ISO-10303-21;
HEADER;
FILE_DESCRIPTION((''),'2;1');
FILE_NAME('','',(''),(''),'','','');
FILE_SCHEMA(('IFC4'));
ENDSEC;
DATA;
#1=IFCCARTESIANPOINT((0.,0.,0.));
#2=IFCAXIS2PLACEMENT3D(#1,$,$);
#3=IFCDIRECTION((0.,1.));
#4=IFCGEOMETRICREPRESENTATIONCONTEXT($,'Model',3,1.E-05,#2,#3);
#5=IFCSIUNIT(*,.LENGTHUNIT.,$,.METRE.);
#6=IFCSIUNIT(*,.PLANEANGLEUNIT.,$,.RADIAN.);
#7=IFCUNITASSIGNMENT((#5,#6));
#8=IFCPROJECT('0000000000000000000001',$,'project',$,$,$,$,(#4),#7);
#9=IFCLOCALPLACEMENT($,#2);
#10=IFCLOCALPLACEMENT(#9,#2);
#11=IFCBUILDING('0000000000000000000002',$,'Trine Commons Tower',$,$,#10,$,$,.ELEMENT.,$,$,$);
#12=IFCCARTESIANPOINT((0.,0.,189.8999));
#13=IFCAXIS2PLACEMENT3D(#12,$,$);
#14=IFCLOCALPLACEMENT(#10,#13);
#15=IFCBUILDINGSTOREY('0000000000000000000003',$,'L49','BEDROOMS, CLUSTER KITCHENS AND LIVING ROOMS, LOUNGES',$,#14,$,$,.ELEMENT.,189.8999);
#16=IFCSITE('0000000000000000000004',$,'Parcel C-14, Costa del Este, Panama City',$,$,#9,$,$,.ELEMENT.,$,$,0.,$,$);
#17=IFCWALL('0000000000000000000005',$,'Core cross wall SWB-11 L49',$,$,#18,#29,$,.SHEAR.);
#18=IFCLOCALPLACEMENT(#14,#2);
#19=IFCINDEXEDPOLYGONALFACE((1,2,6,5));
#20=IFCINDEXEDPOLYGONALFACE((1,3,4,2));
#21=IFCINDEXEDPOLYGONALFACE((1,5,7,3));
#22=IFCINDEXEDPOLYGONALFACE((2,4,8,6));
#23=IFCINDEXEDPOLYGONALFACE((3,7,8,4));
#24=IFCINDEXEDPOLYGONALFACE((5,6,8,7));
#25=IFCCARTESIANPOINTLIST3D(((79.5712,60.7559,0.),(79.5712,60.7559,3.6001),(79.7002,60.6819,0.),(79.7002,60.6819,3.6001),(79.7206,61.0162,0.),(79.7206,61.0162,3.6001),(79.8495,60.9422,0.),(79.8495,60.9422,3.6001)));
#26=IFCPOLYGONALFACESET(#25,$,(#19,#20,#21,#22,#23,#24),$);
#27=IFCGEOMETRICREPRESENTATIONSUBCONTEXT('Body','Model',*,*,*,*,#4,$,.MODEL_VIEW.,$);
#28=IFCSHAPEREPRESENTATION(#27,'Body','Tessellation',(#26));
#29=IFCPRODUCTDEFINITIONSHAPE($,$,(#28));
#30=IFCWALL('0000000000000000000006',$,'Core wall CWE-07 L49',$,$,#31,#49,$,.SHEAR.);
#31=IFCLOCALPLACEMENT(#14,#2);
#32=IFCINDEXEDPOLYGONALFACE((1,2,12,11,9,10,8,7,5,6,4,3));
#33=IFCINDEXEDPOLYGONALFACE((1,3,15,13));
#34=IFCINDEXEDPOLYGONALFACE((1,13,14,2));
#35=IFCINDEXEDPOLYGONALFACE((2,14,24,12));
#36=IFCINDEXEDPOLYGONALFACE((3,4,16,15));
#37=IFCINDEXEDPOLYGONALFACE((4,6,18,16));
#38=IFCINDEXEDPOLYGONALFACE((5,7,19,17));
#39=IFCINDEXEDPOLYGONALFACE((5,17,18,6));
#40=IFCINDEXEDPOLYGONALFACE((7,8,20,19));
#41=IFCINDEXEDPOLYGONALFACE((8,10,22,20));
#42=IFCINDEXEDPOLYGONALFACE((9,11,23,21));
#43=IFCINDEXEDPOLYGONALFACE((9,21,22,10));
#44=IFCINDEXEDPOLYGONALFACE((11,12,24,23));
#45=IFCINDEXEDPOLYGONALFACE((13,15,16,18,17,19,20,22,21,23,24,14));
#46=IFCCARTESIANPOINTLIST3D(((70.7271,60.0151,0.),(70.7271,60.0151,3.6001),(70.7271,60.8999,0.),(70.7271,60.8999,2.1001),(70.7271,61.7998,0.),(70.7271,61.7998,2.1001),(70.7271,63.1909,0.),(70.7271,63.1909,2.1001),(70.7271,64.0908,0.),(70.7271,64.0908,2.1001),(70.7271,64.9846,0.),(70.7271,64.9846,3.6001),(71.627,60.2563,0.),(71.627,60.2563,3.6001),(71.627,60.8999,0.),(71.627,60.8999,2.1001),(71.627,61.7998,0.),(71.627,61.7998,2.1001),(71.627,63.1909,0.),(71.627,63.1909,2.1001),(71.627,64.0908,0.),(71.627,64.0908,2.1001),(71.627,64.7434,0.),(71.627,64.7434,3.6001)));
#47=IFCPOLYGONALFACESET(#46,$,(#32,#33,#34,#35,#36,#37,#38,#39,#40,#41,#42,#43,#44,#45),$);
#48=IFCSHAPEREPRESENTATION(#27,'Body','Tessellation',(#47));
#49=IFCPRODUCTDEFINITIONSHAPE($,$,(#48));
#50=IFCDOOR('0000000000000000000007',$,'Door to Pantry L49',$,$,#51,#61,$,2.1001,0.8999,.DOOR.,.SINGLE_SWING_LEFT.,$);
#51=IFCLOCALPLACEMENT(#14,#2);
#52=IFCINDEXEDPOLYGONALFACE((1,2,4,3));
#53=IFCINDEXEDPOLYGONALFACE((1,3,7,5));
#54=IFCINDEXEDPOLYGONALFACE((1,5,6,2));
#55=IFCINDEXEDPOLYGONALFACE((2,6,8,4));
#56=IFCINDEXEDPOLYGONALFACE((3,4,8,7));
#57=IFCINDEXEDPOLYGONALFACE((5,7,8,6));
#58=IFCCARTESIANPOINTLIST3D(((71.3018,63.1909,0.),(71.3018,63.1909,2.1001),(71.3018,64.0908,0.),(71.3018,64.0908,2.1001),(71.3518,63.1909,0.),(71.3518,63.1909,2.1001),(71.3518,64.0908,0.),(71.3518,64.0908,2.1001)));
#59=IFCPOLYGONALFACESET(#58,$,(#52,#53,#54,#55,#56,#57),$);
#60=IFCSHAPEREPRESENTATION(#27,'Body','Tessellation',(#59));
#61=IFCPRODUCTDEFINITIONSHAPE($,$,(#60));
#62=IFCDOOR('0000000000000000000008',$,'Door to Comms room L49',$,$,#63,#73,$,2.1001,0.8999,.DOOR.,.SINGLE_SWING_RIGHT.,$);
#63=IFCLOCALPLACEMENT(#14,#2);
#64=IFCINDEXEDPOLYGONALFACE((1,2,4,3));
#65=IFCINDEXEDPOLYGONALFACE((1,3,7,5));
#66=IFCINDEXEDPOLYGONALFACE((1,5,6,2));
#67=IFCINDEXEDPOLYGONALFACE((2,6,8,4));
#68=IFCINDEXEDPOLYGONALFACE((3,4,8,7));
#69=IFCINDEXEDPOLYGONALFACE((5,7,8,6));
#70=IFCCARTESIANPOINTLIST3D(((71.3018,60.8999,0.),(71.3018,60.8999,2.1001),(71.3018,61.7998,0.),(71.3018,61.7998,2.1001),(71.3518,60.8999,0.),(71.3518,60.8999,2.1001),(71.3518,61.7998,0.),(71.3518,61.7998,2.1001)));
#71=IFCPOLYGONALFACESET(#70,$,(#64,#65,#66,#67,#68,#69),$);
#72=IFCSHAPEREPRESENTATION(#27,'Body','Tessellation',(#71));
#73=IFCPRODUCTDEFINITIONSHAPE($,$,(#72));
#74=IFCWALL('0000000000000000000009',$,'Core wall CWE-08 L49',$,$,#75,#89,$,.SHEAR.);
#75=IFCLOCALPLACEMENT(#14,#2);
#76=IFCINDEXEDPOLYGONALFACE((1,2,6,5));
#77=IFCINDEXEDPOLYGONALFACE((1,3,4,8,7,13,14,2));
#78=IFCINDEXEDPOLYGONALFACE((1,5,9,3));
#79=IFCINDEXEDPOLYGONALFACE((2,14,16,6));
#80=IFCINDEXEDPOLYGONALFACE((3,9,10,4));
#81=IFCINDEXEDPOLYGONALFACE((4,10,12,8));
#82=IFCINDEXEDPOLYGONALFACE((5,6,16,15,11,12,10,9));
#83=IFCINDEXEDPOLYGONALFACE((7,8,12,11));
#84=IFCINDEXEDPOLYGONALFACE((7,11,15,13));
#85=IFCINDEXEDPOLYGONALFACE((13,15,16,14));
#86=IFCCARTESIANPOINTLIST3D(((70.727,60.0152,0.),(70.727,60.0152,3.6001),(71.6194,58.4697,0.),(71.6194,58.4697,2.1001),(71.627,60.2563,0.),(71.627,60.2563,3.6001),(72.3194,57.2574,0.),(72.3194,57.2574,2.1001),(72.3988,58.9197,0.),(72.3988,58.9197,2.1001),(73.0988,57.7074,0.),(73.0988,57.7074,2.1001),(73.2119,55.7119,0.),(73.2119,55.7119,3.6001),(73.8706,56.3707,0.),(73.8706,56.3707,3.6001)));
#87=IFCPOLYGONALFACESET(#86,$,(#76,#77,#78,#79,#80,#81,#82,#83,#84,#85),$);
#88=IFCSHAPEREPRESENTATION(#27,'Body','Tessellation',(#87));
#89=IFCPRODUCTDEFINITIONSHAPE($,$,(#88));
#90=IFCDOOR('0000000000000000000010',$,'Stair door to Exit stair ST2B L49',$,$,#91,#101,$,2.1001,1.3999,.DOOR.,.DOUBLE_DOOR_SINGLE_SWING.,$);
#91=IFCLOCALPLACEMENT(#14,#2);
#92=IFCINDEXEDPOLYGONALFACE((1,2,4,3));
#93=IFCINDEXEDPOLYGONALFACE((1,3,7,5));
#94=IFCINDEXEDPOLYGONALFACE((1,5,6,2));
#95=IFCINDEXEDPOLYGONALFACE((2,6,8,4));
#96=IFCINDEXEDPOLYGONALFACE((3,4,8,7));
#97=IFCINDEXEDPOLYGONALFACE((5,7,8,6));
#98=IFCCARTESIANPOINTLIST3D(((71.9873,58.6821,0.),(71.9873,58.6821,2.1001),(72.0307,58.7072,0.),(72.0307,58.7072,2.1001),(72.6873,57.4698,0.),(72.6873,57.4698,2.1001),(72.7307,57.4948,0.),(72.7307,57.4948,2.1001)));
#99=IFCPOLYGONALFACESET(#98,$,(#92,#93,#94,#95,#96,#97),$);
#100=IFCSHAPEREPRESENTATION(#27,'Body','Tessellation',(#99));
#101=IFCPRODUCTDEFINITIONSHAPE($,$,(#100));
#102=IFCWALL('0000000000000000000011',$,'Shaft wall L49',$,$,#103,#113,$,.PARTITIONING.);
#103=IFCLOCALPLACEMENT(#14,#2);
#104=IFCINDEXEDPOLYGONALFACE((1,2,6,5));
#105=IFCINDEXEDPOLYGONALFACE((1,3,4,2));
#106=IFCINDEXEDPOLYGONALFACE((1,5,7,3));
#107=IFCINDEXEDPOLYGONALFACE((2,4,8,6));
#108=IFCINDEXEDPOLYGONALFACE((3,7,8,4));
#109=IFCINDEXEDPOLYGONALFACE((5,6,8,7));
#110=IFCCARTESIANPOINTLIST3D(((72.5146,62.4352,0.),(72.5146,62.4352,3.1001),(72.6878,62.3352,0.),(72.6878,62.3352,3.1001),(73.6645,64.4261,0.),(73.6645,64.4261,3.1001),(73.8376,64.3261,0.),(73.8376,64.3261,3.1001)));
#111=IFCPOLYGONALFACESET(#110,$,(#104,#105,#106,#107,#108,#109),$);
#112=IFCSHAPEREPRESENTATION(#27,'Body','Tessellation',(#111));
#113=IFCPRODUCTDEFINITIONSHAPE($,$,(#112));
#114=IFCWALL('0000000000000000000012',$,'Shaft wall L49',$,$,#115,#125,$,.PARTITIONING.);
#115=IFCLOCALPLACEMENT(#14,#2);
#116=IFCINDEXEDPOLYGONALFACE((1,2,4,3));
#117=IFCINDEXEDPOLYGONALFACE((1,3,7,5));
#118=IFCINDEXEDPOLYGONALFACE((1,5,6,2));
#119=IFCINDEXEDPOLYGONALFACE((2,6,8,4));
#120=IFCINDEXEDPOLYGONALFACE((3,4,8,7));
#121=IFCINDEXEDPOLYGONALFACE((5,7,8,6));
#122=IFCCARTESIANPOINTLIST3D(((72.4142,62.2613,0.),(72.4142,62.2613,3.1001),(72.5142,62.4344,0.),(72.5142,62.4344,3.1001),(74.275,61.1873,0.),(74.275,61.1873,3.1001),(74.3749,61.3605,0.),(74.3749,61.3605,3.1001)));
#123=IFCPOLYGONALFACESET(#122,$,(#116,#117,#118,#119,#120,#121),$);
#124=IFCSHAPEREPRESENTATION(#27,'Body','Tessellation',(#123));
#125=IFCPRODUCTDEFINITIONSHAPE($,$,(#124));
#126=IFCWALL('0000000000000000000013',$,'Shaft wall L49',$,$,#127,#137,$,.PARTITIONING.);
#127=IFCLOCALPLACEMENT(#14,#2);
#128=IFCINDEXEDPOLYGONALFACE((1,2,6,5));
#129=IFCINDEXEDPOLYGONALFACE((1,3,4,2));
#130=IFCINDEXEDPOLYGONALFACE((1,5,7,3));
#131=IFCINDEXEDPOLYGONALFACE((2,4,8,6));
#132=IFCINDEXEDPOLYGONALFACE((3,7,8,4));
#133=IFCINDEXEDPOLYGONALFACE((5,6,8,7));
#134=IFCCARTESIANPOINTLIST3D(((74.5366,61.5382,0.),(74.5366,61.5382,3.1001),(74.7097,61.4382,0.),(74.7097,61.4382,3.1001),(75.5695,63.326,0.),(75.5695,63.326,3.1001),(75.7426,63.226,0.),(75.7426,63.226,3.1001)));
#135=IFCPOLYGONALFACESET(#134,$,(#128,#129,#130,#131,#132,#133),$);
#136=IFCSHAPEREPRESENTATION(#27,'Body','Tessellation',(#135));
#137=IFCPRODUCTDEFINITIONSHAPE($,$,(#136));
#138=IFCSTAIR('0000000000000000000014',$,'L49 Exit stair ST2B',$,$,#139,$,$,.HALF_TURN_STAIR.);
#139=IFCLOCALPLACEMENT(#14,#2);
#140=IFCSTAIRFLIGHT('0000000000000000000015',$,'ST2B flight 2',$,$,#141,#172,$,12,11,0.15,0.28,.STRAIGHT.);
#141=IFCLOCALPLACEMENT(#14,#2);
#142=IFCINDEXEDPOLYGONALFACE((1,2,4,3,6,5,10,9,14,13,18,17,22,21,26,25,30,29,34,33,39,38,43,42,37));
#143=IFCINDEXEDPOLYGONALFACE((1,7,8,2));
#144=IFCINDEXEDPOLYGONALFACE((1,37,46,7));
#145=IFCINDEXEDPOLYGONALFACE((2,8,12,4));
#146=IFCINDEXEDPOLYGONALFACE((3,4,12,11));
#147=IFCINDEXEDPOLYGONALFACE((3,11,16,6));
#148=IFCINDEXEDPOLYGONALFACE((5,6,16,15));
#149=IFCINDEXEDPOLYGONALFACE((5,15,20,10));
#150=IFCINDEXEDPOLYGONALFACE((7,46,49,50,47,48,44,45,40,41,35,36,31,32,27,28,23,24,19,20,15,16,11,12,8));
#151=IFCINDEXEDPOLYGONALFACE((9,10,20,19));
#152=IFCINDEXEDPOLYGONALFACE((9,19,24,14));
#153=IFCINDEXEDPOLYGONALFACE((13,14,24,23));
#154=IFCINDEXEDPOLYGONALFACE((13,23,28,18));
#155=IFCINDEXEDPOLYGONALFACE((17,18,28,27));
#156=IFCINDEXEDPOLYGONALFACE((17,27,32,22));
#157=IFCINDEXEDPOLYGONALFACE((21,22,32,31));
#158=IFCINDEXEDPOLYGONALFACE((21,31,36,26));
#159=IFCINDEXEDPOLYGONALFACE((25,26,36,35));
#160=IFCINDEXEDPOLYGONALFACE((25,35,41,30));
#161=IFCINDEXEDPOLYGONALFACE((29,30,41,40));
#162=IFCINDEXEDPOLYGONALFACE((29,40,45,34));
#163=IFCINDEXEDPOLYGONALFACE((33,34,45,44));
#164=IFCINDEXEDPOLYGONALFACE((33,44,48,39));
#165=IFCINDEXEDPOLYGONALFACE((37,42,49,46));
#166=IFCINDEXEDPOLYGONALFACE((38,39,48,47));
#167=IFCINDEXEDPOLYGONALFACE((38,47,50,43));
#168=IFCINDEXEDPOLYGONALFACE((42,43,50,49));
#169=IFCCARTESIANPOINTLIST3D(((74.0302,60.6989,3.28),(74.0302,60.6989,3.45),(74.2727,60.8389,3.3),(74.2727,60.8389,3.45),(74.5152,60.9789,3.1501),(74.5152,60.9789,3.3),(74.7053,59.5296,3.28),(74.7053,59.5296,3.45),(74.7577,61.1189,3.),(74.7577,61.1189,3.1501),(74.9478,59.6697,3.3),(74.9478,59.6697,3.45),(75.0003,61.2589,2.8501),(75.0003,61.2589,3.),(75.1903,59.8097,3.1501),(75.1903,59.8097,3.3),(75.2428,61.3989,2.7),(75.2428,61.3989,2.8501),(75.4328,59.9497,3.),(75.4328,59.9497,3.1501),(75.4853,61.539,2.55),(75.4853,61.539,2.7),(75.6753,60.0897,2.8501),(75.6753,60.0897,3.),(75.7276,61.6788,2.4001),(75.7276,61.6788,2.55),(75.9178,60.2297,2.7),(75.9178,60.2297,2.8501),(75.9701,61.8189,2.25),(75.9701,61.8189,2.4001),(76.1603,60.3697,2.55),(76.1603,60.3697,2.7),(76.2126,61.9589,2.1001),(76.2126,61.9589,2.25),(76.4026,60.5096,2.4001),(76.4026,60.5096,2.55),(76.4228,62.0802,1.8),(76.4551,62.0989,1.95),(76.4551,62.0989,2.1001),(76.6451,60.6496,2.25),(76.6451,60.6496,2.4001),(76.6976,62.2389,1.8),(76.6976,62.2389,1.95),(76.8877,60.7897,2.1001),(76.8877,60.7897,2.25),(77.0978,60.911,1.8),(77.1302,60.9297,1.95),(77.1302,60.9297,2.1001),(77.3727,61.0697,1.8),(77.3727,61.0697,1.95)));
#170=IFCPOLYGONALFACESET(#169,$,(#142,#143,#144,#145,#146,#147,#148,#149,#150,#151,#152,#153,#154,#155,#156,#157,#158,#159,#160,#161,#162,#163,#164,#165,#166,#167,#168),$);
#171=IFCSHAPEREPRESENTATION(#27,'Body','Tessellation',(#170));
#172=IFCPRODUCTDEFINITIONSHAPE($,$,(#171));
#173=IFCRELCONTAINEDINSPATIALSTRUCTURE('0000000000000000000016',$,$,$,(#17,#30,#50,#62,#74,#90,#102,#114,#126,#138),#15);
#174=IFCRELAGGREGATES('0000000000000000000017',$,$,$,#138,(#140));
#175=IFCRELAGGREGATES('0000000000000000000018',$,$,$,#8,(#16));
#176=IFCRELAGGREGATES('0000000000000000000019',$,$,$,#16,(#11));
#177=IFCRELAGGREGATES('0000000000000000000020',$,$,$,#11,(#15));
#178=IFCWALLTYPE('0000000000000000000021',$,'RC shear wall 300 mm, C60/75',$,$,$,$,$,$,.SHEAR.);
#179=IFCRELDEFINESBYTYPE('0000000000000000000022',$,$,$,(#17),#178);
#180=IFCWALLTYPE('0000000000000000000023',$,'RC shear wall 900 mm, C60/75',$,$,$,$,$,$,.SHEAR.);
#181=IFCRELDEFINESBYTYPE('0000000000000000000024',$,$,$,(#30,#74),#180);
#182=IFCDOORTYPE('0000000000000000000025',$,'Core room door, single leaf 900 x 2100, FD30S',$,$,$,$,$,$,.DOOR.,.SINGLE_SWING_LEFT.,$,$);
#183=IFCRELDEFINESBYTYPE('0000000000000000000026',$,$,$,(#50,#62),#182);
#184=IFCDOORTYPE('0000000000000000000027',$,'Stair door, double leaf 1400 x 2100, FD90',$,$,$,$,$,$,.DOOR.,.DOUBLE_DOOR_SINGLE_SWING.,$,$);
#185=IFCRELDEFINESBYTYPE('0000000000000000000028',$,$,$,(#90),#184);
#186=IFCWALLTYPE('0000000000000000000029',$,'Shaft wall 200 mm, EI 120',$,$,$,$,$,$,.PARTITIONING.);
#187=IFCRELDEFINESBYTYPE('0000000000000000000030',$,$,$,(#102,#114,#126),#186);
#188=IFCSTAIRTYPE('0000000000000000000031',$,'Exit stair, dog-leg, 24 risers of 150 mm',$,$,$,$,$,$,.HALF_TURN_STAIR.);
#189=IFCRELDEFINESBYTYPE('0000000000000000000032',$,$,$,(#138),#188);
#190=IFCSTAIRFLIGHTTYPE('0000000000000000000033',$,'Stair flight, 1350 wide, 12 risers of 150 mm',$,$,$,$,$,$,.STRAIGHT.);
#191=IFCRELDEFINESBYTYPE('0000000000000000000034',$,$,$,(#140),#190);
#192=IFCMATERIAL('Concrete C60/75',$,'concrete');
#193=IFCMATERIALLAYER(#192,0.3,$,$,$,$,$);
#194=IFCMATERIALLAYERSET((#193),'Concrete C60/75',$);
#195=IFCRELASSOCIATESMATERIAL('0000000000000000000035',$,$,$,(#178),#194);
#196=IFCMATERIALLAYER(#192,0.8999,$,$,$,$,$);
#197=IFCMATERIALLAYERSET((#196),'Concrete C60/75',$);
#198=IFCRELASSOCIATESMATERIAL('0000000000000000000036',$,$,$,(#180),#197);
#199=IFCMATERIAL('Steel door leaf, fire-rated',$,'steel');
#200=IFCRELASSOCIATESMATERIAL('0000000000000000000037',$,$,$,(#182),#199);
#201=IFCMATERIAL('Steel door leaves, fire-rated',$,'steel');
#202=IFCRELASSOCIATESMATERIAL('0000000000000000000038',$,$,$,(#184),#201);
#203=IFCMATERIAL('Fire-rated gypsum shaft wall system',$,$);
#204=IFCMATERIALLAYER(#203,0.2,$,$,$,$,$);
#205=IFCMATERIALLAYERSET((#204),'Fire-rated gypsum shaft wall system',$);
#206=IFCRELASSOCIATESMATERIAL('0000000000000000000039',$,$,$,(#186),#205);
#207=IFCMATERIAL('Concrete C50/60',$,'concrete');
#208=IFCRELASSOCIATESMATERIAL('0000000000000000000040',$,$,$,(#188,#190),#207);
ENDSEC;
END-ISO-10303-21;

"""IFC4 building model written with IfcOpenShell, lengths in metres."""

from ifc_helpers import new_model, si_unit, direction, frame, frame_2d, origin, place, context, subcontext, project, spatial, polyline, rectangle, outline, extrude, material, layer, layer_set, type_object, element, fill, aggregate, save


model = new_model("IFC4")

# Units and contexts
model_context = context("Model", 3, precision=1e-05, world=origin(), true_north=direction((0.0, 1.0)))
body_context = subcontext(model_context, "Body", "Model", "MODEL_VIEW")
ifc_project = project(units=[si_unit("LENGTHUNIT", "METRE"), si_unit("PLANEANGLEUNIT", "RADIAN")], contexts=[model_context])

# Site, building, storey
site_placement = place(None, origin())
site = spatial("IfcSite", under=ifc_project, at=site_placement, Name="Parcel C-14, Costa del Este, Panama City", CompositionType="ELEMENT", RefElevation=0.0)
building_placement = place(site_placement, origin())
building = spatial("IfcBuilding", under=site, at=building_placement, Name="Trine Commons Tower", CompositionType="ELEMENT")
storey_placement = place(building_placement, frame((0.0, 0.0, 189.8999)))
storey = spatial("IfcBuildingStorey", under=building, at=storey_placement, Name="L49", Description="BEDROOMS, CLUSTER KITCHENS AND LIVING ROOMS, LOUNGES", CompositionType="ELEMENT", Elevation=189.8999)

# Shared definitions
ifc_material_1 = material(Name="Fire-rated gypsum shaft wall system")
ifc_material_2 = material(Name="Steel door leaf, fire-rated", Category="steel")
ifc_material_3 = material(Name="Concrete C60/75", Category="concrete")
ifc_layer_1 = layer(ifc_material_3, 0.3)
ifc_layer_set_1 = layer_set([ifc_layer_1], Name="Concrete C60/75")
wall_type_1 = type_object("IfcWallType", Name="RC shear wall 300 mm, C60/75", PredefinedType="SHEAR", material=ifc_layer_set_1)

# Wall
wall_1_placement = place(storey_placement, frame((79.646, 60.886, 0.0), z_axis=(0.0, 0.0, 1.0), x_axis=(0.867332, -0.49773, 0.0)))
element("IfcWall", 1, at=wall_1_placement, inside=storey, type_object=wall_type_1, Name="Core cross wall SWB-11 L49", PredefinedType="SHEAR", context=body_context, shape_type="SweptSolid", body=[
    extrude(rectangle(XDim=0.1487, YDim=0.3, at=frame_2d((0.0742, 0.0))), origin(), (0.0, 0.0, 1.0), 3.6001),
])

# Wall, openings, doors
ifc_layer_2 = layer(ifc_material_3, 0.8999)
ifc_layer_set_2 = layer_set([ifc_layer_2], Name="Concrete C60/75")
wall_type_2 = type_object("IfcWallType", Name="RC shear wall 900 mm, C60/75", PredefinedType="SHEAR", material=ifc_layer_set_2)
wall_2_placement = place(storey_placement, frame((71.177, 64.9846, 0.0), z_axis=(0.0, 0.0, 1.0), x_axis=(0.0, -1.0, 0.0)))
wall_2 = element("IfcWall", 2, at=wall_2_placement, inside=storey, type_object=wall_type_2, Name="Core wall CWE-07 L49", PredefinedType="SHEAR", context=body_context, shape_type="SweptSolid", body=[
    extrude(outline(polyline([(0.0, -0.45), (4.9695, -0.45), (4.7283, 0.45), (0.2412, 0.45), (0.0, -0.45)])), origin(), (0.0, 0.0, 1.0), 3.6001),
])
opening_1_placement = place(wall_2_placement, frame((0.8938, 0.0, 0.0)))
opening_1 = element("IfcOpeningElement", 3, at=opening_1_placement, cuts=wall_2, PredefinedType="OPENING", context=body_context, shape_type="SweptSolid", body=[
    extrude(rectangle(XDim=0.8999, YDim=2.1001, at=frame_2d((0.45, 1.05))), frame((0.0, 0.46, 0.0), z_axis=(0.0, -1.0, 0.0), x_axis=(1.0, 0.0, 0.0)), (0.0, 0.0, 1.0), 0.9199),
])
opening_2_placement = place(wall_2_placement, frame((3.1848, 0.0, 0.0)))
opening_2 = element("IfcOpeningElement", 4, at=opening_2_placement, cuts=wall_2, PredefinedType="OPENING", context=body_context, shape_type="SweptSolid", body=[
    extrude(rectangle(XDim=0.8999, YDim=2.1001, at=frame_2d((0.45, 1.05))), frame((0.0, 0.46, 0.0), z_axis=(0.0, -1.0, 0.0), x_axis=(1.0, 0.0, 0.0)), (0.0, 0.0, 1.0), 0.9199),
])
door_type_1 = type_object("IfcDoorType", Name="Core room door, single leaf 900 x 2100, FD30S", OperationType="SINGLE_SWING_LEFT", PredefinedType="DOOR", material=ifc_material_2)
door_1_placement = place(opening_1_placement, origin())
door_1 = element("IfcDoor", 5, at=door_1_placement, inside=storey, type_object=door_type_1, Name="Door to Pantry L49", OperationType="SINGLE_SWING_LEFT", OverallHeight=2.1001, OverallWidth=0.8999, PredefinedType="DOOR", context=body_context, shape_type="SweptSolid", body=[
    extrude(rectangle(XDim=0.8999, YDim=2.1001, at=frame_2d((0.45, 1.05))), frame((0.0, 0.1748, 0.0), z_axis=(0.0, -1.0, 0.0), x_axis=(1.0, 0.0, 0.0)), (0.0, 0.0, 1.0), 0.05),
])
fill(opening_1, door_1)
door_2_placement = place(opening_2_placement, origin())
door_2 = element("IfcDoor", 6, at=door_2_placement, inside=storey, type_object=door_type_1, Name="Door to Comms room L49", OperationType="SINGLE_SWING_RIGHT", OverallHeight=2.1001, OverallWidth=0.8999, PredefinedType="DOOR", context=body_context, shape_type="SweptSolid", body=[
    extrude(rectangle(XDim=0.8999, YDim=2.1001, at=frame_2d((0.45, 1.05))), frame((0.0, 0.1748, 0.0), z_axis=(0.0, -1.0, 0.0), x_axis=(1.0, 0.0, 0.0)), (0.0, 0.0, 1.0), 0.05),
])
fill(opening_2, door_2)

# Wall, opening, door
wall_3_placement = place(storey_placement, frame((71.1167, 60.2402, 0.0), z_axis=(0.0, 0.0, 1.0), x_axis=(0.500039, -0.866003, 0.0)))
wall_3 = element("IfcWall", 7, at=wall_3_placement, inside=storey, type_object=wall_type_2, Name="Core wall CWE-08 L49", PredefinedType="SHEAR", context=body_context, shape_type="SweptSolid", body=[
    extrude(outline(polyline([(0.0, -0.45), (4.9692, -0.45), (4.728, 0.45), (0.2412, 0.45), (0.0, -0.45)])), origin(), (0.0, 0.0, 1.0), 3.6001),
])
opening_3_placement = place(wall_3_placement, frame((1.7847, 0.0, 0.0)))
opening_3 = element("IfcOpeningElement", 8, at=opening_3_placement, cuts=wall_3, PredefinedType="OPENING", context=body_context, shape_type="SweptSolid", body=[
    extrude(rectangle(XDim=1.3999, YDim=2.1001, at=frame_2d((0.7, 1.05))), frame((0.0, 0.46, 0.0), z_axis=(0.0, -1.0, 0.0), x_axis=(1.0, 0.0, 0.0)), (0.0, 0.0, 1.0), 0.9199),
])
ifc_material_4 = material(Name="Steel door leaves, fire-rated", Category="steel")
door_type_2 = type_object("IfcDoorType", Name="Stair door, double leaf 1400 x 2100, FD90", OperationType="DOUBLE_DOOR_SINGLE_SWING", PredefinedType="DOOR", material=ifc_material_4)
door_3_placement = place(opening_3_placement, origin())
door_3 = element("IfcDoor", 9, at=door_3_placement, inside=storey, type_object=door_type_2, Name="Stair door to Exit stair ST2B L49", OperationType="DOUBLE_DOOR_SINGLE_SWING", OverallHeight=2.1001, OverallWidth=1.3999, PredefinedType="DOOR", context=body_context, shape_type="SweptSolid", body=[
    extrude(rectangle(XDim=1.3999, YDim=2.1001, at=frame_2d((0.7, 1.05))), frame((0.0, 0.0249, 0.0), z_axis=(0.0, -1.0, 0.0), x_axis=(1.0, 0.0, 0.0)), (0.0, 0.0, 1.0), 0.05),
])
fill(opening_3, door_3)

# Walls
ifc_layer_3 = layer(ifc_material_1, 0.2)
ifc_layer_set_3 = layer_set([ifc_layer_3], Name="Fire-rated gypsum shaft wall system")
wall_type_3 = type_object("IfcWallType", Name="Shaft wall 200 mm, EI 120", PredefinedType="PARTITIONING", material=ifc_layer_set_3)
wall_4_placement = place(storey_placement, frame((73.751, 64.376, 0.0), z_axis=(0.0, 0.0, 1.0), x_axis=(-0.500136, -0.865947, 0.0)))
element("IfcWall", 10, at=wall_4_placement, inside=storey, type_object=wall_type_3, Name="Shaft wall L49", PredefinedType="PARTITIONING", context=body_context, shape_type="SweptSolid", body=[
    extrude(rectangle(XDim=2.2991, YDim=0.2, at=frame_2d((1.1494, 0.0))), origin(), (0.0, 0.0, 1.0), 3.1001),
])
wall_5_placement = place(storey_placement, frame((74.325, 61.2739, 0.0), z_axis=(0.0, 0.0, 1.0), x_axis=(-0.866102, 0.499867, 0.0)))
element("IfcWall", 11, at=wall_5_placement, inside=storey, type_object=wall_type_3, Name="Shaft wall L49", PredefinedType="PARTITIONING", context=body_context, shape_type="SweptSolid", body=[
    extrude(rectangle(XDim=2.1484, YDim=0.2, at=frame_2d((1.0742, 0.0))), origin(), (0.0, 0.0, 1.0), 3.1001),
])
wall_6_placement = place(storey_placement, frame((75.656, 63.2759, 0.0), z_axis=(0.0, 0.0, 1.0), x_axis=(-0.500272, -0.865868, 0.0)))
element("IfcWall", 12, at=wall_6_placement, inside=storey, type_object=wall_type_3, Name="Shaft wall L49", PredefinedType="PARTITIONING", context=body_context, shape_type="SweptSolid", body=[
    extrude(rectangle(XDim=2.0647, YDim=0.2, at=frame_2d((1.0322, 0.0))), origin(), (0.0, 0.0, 1.0), 3.1001),
])

# Stair, stair flight
ifc_material_5 = material(Name="Concrete C50/60", Category="concrete")
stair_type = type_object("IfcStairType", Name="Exit stair, dog-leg, 24 risers of 150 mm", PredefinedType="HALF_TURN_STAIR", material=ifc_material_5)
stair_placement = place(storey_placement, origin())
stair = element("IfcStair", 13, at=stair_placement, inside=storey, type_object=stair_type, Name="L49 Exit stair ST2B", PredefinedType="HALF_TURN_STAIR")
stair_flight_type = type_object("IfcStairFlightType", Name="Stair flight, 1350 wide, 12 risers of 150 mm", PredefinedType="STRAIGHT", material=ifc_material_5)
stair_flight_placement = place(storey_placement, frame((77.0352, 61.6543, 1.8), z_axis=(0.0, 0.0, 1.0), x_axis=(-0.866025, -0.5, 0.0)))
stair_flight = element("IfcStairFlight", 14, at=stair_flight_placement, type_object=stair_flight_type, Name="ST2B flight 2", NumberOfRisers=12, NumberOfTreads=11, PredefinedType="STRAIGHT", RiserHeight=0.15, TreadLength=0.28, context=body_context, shape_type="SweptSolid", body=[
    extrude(outline(polyline([(0.0, 0.0), (0.0, 0.1499), (0.28, 0.1499), (0.28, 0.3), (0.5601, 0.3), (0.5601, 0.45), (0.8401, 0.45), (0.8401, 0.6001), (1.1201, 0.6001), (1.1201, 0.75), (1.3999, 0.75), (1.3999, 0.8999), (1.6799, 0.8999), (1.6799, 1.05), (1.96, 1.05), (1.96, 1.2), (2.24, 1.2), (2.24, 1.3501), (2.52, 1.3501), (2.52, 1.5), (2.8, 1.5), (2.8, 1.6499), (3.0801, 1.6499), (3.0801, 1.8), (3.0801, 1.48), (0.3174, 0.0), (0.0, 0.0)])), frame((0.0, 0.675, 0.0), z_axis=(0.0, -1.0, 0.0), x_axis=(1.0, 0.0, 0.0)), (0.0, 0.0, 1.0), 1.3501),
])
aggregate(stair, [stair_flight])

save(model, "model.ifc")
